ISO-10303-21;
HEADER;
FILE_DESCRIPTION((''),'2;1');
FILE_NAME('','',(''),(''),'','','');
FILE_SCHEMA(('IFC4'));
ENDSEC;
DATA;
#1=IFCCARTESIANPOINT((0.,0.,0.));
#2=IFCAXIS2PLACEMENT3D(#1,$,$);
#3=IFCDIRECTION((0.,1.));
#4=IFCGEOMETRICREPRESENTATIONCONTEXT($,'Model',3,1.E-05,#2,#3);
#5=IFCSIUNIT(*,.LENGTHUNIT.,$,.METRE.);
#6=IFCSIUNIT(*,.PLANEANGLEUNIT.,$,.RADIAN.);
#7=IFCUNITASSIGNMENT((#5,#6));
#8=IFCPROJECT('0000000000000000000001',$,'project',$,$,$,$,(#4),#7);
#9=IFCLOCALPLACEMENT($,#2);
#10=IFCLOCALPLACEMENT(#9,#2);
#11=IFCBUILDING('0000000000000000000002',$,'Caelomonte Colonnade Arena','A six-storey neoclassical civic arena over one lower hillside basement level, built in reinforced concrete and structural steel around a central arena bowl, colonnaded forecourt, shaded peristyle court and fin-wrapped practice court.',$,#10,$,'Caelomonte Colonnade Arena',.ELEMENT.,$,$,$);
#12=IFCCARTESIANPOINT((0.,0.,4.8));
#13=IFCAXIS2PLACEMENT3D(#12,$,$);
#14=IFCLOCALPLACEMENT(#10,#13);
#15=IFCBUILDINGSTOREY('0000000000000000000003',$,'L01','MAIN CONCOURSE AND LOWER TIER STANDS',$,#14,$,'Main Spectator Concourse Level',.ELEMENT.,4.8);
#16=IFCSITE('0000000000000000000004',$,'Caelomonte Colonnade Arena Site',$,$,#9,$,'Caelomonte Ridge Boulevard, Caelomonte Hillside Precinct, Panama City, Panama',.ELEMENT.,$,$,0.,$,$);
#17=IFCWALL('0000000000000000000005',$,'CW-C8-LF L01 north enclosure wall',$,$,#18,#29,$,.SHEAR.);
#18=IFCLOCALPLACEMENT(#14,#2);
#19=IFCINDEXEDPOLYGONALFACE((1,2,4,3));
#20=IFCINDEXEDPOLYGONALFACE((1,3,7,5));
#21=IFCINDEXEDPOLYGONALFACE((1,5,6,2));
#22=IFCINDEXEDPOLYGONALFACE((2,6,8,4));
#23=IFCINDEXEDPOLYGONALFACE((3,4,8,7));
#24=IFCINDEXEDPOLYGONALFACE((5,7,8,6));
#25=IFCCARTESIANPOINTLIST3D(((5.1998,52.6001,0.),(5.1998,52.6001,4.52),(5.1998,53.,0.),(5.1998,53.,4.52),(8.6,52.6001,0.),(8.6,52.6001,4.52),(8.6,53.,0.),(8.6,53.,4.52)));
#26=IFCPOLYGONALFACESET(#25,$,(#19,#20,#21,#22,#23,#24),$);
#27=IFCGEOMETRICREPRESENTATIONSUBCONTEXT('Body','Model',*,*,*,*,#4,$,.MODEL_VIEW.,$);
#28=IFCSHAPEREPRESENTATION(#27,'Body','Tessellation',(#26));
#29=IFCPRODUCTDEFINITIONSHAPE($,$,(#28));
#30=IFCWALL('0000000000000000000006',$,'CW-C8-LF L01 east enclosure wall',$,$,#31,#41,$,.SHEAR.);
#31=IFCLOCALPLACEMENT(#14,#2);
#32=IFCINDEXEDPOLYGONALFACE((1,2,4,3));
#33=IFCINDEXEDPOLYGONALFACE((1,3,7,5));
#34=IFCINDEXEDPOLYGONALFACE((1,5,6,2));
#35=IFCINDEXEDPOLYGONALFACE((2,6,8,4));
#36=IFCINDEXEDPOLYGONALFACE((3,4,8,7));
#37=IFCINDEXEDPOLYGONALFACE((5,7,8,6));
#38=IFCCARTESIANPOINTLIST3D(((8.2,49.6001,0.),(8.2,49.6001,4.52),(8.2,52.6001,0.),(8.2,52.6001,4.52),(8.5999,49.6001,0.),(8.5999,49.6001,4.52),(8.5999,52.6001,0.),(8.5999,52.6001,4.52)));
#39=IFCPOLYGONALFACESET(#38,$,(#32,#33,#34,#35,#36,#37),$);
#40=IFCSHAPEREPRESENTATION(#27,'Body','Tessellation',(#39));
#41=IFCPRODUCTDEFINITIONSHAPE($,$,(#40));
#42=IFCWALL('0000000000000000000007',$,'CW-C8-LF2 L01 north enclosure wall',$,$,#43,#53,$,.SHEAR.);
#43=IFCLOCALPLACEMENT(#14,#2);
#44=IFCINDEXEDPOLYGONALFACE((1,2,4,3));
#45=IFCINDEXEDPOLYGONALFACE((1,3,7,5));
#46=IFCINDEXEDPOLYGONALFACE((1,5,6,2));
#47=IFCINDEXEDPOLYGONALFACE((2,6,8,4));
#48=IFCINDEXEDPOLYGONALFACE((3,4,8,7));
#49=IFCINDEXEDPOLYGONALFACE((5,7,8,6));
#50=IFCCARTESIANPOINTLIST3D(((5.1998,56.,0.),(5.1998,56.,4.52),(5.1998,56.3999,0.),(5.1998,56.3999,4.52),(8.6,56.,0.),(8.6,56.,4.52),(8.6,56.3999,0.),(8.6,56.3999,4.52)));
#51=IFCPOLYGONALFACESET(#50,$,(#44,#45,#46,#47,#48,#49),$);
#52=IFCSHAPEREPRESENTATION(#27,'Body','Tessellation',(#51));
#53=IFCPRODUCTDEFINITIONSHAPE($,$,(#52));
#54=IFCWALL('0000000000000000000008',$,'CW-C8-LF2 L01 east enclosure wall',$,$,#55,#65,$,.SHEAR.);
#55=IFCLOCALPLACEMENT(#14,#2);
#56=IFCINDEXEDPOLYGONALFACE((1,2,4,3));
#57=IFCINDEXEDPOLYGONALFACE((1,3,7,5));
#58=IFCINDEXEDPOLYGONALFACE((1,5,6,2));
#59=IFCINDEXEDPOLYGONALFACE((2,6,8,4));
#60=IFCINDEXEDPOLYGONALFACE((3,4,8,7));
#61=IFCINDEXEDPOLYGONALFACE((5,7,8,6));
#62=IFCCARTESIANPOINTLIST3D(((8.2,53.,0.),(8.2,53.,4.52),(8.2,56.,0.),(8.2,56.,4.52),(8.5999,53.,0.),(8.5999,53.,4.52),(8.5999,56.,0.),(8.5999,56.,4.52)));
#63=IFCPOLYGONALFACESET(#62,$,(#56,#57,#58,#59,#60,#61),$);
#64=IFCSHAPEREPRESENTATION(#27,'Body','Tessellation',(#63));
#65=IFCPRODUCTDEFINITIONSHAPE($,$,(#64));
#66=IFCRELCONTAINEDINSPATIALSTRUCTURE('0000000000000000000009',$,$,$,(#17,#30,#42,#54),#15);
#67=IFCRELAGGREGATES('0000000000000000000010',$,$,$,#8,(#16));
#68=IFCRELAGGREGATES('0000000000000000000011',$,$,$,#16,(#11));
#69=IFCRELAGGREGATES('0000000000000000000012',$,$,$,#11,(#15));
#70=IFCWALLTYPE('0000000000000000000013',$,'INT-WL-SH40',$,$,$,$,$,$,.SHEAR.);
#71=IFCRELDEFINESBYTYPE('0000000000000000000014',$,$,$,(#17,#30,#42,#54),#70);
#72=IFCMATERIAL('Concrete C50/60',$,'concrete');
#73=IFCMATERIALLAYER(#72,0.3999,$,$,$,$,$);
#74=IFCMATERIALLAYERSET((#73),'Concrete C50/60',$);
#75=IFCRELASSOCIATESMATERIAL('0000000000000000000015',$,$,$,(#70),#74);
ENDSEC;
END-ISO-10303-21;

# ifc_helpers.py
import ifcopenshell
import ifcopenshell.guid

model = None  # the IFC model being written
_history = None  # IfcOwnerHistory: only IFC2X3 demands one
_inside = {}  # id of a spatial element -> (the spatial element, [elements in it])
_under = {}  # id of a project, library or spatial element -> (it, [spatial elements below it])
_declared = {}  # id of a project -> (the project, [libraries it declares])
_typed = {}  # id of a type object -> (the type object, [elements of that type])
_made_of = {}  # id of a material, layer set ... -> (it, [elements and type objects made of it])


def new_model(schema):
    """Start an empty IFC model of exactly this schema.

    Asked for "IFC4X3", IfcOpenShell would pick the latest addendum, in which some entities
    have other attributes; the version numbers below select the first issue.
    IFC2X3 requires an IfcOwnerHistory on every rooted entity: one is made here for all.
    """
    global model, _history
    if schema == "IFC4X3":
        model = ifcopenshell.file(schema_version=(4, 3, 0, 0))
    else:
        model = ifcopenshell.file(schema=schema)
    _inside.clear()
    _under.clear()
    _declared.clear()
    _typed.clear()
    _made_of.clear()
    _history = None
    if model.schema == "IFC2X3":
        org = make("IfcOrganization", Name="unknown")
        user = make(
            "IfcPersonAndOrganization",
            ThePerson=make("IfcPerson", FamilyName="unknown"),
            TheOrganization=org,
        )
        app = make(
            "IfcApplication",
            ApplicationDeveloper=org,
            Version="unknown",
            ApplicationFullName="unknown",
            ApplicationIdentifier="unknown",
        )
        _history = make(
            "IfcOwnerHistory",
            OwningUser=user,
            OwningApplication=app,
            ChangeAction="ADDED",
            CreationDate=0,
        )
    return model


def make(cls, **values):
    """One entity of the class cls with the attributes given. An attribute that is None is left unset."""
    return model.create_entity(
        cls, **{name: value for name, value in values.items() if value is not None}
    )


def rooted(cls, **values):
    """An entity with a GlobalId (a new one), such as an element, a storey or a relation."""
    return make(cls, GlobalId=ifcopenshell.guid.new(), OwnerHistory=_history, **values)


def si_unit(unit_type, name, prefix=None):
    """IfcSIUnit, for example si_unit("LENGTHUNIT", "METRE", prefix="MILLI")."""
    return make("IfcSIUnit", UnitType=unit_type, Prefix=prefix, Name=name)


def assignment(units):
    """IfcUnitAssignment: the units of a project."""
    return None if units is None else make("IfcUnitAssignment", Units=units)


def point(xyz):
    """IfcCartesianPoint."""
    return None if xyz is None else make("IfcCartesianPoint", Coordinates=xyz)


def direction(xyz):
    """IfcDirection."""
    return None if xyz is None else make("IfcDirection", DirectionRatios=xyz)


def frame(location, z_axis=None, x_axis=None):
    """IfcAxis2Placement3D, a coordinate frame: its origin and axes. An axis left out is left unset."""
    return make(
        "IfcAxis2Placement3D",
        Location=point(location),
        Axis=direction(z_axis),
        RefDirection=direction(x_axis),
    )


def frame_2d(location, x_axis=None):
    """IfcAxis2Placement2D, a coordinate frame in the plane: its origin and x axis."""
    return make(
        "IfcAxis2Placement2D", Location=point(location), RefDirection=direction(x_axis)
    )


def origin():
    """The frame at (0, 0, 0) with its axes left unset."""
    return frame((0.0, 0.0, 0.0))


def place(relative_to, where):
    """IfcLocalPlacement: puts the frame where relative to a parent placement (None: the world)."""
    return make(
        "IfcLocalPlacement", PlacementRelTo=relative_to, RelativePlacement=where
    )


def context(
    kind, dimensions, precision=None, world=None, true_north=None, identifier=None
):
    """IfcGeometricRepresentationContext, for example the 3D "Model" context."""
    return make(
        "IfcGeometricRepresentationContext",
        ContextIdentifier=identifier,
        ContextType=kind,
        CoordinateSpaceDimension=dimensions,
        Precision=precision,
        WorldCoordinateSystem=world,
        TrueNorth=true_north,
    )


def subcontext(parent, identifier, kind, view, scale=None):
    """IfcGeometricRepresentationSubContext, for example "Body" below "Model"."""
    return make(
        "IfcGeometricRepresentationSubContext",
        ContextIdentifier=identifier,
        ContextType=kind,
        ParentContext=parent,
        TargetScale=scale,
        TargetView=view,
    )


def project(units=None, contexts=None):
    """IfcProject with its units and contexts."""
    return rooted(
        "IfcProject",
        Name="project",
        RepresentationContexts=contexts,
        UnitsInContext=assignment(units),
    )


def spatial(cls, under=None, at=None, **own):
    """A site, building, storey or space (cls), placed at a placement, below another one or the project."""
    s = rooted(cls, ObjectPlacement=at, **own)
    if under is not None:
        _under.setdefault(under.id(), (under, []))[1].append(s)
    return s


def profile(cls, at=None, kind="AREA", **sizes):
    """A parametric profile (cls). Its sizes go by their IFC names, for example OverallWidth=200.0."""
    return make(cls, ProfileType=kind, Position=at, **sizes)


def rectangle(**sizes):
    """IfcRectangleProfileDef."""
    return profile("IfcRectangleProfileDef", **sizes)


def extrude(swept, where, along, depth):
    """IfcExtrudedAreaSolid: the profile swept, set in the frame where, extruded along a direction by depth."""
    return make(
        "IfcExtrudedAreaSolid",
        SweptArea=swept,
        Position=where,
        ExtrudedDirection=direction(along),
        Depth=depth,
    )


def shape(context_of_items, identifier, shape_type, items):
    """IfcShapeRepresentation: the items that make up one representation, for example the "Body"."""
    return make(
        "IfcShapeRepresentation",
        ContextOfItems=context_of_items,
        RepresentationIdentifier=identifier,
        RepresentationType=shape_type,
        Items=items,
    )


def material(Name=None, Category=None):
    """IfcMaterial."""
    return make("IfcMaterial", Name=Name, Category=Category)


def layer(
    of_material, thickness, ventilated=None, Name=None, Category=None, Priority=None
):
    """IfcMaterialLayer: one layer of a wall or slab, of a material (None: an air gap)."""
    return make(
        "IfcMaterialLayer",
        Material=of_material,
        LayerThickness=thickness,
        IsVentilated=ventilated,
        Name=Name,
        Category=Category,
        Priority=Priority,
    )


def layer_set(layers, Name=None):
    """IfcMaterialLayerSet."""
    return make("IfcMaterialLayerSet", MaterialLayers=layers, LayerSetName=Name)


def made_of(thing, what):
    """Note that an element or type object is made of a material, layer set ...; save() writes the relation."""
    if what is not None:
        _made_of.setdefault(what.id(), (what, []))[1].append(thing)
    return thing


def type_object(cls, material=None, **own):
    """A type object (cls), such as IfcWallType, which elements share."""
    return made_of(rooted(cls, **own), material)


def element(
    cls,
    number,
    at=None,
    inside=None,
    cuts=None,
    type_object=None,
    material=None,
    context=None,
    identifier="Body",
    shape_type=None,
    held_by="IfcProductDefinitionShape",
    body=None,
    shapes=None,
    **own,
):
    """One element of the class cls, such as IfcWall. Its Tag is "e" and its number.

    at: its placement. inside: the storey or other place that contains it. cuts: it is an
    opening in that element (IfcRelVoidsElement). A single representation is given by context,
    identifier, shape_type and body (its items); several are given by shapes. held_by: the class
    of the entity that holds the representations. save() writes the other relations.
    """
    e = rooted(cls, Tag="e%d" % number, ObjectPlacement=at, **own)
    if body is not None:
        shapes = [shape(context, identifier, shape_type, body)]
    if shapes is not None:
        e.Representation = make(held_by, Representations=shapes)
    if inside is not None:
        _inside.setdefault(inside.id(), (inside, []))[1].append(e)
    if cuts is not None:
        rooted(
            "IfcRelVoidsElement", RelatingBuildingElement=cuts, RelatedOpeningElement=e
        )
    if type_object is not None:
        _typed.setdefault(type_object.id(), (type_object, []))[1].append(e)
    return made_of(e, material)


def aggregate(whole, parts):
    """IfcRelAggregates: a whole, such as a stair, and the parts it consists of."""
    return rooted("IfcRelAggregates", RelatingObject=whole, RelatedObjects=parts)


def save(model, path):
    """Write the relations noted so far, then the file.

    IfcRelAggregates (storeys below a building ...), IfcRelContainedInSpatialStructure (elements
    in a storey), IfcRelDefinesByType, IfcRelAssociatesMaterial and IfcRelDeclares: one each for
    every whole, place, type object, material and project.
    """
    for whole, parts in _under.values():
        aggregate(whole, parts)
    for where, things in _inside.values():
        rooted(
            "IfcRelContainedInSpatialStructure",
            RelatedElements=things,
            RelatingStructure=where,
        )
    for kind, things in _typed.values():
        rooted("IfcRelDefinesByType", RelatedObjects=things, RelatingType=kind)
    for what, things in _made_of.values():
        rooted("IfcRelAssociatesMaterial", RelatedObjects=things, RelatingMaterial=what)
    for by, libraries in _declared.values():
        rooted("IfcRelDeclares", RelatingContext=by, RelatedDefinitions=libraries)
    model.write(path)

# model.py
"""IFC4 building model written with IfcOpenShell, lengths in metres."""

from ifc_helpers import new_model, si_unit, direction, frame, frame_2d, origin, place, context, subcontext, project, spatial, rectangle, extrude, material, layer, layer_set, type_object, element, save


model = new_model("IFC4")

# Units and contexts
model_context = context("Model", 3, precision=1e-05, world=origin(), true_north=direction((0.0, 1.0)))
body_context = subcontext(model_context, "Body", "Model", "MODEL_VIEW")
ifc_project = project(units=[si_unit("LENGTHUNIT", "METRE"), si_unit("PLANEANGLEUNIT", "RADIAN")], contexts=[model_context])

# Site, building, storey
site_placement = place(None, origin())
site = spatial("IfcSite", under=ifc_project, at=site_placement, Name="Caelomonte Colonnade Arena Site", LongName="Caelomonte Ridge Boulevard, Caelomonte Hillside Precinct, Panama City, Panama", CompositionType="ELEMENT", RefElevation=0.0)
building_placement = place(site_placement, origin())
building = spatial("IfcBuilding", under=site, at=building_placement, Name="Caelomonte Colonnade Arena", Description="A six-storey neoclassical civic arena over one lower hillside basement level, built in reinforced concrete and structural steel around a central arena bowl, colonnaded forecourt, shaded peristyle court and fin-wrapped practice court.", LongName="Caelomonte Colonnade Arena", CompositionType="ELEMENT")
storey_placement = place(building_placement, frame((0.0, 0.0, 4.8)))
storey = spatial("IfcBuildingStorey", under=building, at=storey_placement, Name="L01", Description="MAIN CONCOURSE AND LOWER TIER STANDS", LongName="Main Spectator Concourse Level", CompositionType="ELEMENT", Elevation=4.8)

# Shared definitions
ifc_material_1 = material(Name="Concrete C50/60", Category="concrete")

# Walls
ifc_layer_1 = layer(ifc_material_1, 0.3999)
ifc_layer_set_1 = layer_set([ifc_layer_1], Name="Concrete C50/60")
wall_type_1 = type_object("IfcWallType", Name="INT-WL-SH40", PredefinedType="SHEAR", material=ifc_layer_set_1)
wall_1_placement = place(storey_placement, frame((8.6001, 52.8, 0.0), z_axis=(0.0, 0.0, 1.0), x_axis=(-1.0, 0.0, 0.0)))
element("IfcWall", 1, at=wall_1_placement, inside=storey, type_object=wall_type_1, Name="CW-C8-LF L01 north enclosure wall", PredefinedType="SHEAR", context=body_context, shape_type="SweptSolid", body=[
    extrude(rectangle(XDim=3.4001, YDim=0.3999, at=frame_2d((1.7002, 0.0))), origin(), (0.0, 0.0, 1.0), 4.52),
])
wall_2_placement = place(storey_placement, frame((8.3999, 49.6001, 0.0), z_axis=(0.0, 0.0, 1.0), x_axis=(0.0, 1.0, 0.0)))
element("IfcWall", 2, at=wall_2_placement, inside=storey, type_object=wall_type_1, Name="CW-C8-LF L01 east enclosure wall", PredefinedType="SHEAR", context=body_context, shape_type="SweptSolid", body=[
    extrude(rectangle(XDim=3.0, YDim=0.3999, at=frame_2d((1.5, 0.0))), origin(), (0.0, 0.0, 1.0), 4.52),
])
wall_3_placement = place(storey_placement, frame((8.6001, 56.2, 0.0), z_axis=(0.0, 0.0, 1.0), x_axis=(-1.0, 0.0, 0.0)))
element("IfcWall", 3, at=wall_3_placement, inside=storey, type_object=wall_type_1, Name="CW-C8-LF2 L01 north enclosure wall", PredefinedType="SHEAR", context=body_context, shape_type="SweptSolid", body=[
    extrude(rectangle(XDim=3.4001, YDim=0.3999, at=frame_2d((1.7002, 0.0))), origin(), (0.0, 0.0, 1.0), 4.52),
])
wall_4_placement = place(storey_placement, frame((8.3999, 53.0, 0.0), z_axis=(0.0, 0.0, 1.0), x_axis=(0.0, 1.0, 0.0)))
element("IfcWall", 4, at=wall_4_placement, inside=storey, type_object=wall_type_1, Name="CW-C8-LF2 L01 east enclosure wall", PredefinedType="SHEAR", context=body_context, shape_type="SweptSolid", body=[
    extrude(rectangle(XDim=3.0, YDim=0.3999, at=frame_2d((1.5, 0.0))), origin(), (0.0, 0.0, 1.0), 4.52),
])

save(model, "model.ifc")
